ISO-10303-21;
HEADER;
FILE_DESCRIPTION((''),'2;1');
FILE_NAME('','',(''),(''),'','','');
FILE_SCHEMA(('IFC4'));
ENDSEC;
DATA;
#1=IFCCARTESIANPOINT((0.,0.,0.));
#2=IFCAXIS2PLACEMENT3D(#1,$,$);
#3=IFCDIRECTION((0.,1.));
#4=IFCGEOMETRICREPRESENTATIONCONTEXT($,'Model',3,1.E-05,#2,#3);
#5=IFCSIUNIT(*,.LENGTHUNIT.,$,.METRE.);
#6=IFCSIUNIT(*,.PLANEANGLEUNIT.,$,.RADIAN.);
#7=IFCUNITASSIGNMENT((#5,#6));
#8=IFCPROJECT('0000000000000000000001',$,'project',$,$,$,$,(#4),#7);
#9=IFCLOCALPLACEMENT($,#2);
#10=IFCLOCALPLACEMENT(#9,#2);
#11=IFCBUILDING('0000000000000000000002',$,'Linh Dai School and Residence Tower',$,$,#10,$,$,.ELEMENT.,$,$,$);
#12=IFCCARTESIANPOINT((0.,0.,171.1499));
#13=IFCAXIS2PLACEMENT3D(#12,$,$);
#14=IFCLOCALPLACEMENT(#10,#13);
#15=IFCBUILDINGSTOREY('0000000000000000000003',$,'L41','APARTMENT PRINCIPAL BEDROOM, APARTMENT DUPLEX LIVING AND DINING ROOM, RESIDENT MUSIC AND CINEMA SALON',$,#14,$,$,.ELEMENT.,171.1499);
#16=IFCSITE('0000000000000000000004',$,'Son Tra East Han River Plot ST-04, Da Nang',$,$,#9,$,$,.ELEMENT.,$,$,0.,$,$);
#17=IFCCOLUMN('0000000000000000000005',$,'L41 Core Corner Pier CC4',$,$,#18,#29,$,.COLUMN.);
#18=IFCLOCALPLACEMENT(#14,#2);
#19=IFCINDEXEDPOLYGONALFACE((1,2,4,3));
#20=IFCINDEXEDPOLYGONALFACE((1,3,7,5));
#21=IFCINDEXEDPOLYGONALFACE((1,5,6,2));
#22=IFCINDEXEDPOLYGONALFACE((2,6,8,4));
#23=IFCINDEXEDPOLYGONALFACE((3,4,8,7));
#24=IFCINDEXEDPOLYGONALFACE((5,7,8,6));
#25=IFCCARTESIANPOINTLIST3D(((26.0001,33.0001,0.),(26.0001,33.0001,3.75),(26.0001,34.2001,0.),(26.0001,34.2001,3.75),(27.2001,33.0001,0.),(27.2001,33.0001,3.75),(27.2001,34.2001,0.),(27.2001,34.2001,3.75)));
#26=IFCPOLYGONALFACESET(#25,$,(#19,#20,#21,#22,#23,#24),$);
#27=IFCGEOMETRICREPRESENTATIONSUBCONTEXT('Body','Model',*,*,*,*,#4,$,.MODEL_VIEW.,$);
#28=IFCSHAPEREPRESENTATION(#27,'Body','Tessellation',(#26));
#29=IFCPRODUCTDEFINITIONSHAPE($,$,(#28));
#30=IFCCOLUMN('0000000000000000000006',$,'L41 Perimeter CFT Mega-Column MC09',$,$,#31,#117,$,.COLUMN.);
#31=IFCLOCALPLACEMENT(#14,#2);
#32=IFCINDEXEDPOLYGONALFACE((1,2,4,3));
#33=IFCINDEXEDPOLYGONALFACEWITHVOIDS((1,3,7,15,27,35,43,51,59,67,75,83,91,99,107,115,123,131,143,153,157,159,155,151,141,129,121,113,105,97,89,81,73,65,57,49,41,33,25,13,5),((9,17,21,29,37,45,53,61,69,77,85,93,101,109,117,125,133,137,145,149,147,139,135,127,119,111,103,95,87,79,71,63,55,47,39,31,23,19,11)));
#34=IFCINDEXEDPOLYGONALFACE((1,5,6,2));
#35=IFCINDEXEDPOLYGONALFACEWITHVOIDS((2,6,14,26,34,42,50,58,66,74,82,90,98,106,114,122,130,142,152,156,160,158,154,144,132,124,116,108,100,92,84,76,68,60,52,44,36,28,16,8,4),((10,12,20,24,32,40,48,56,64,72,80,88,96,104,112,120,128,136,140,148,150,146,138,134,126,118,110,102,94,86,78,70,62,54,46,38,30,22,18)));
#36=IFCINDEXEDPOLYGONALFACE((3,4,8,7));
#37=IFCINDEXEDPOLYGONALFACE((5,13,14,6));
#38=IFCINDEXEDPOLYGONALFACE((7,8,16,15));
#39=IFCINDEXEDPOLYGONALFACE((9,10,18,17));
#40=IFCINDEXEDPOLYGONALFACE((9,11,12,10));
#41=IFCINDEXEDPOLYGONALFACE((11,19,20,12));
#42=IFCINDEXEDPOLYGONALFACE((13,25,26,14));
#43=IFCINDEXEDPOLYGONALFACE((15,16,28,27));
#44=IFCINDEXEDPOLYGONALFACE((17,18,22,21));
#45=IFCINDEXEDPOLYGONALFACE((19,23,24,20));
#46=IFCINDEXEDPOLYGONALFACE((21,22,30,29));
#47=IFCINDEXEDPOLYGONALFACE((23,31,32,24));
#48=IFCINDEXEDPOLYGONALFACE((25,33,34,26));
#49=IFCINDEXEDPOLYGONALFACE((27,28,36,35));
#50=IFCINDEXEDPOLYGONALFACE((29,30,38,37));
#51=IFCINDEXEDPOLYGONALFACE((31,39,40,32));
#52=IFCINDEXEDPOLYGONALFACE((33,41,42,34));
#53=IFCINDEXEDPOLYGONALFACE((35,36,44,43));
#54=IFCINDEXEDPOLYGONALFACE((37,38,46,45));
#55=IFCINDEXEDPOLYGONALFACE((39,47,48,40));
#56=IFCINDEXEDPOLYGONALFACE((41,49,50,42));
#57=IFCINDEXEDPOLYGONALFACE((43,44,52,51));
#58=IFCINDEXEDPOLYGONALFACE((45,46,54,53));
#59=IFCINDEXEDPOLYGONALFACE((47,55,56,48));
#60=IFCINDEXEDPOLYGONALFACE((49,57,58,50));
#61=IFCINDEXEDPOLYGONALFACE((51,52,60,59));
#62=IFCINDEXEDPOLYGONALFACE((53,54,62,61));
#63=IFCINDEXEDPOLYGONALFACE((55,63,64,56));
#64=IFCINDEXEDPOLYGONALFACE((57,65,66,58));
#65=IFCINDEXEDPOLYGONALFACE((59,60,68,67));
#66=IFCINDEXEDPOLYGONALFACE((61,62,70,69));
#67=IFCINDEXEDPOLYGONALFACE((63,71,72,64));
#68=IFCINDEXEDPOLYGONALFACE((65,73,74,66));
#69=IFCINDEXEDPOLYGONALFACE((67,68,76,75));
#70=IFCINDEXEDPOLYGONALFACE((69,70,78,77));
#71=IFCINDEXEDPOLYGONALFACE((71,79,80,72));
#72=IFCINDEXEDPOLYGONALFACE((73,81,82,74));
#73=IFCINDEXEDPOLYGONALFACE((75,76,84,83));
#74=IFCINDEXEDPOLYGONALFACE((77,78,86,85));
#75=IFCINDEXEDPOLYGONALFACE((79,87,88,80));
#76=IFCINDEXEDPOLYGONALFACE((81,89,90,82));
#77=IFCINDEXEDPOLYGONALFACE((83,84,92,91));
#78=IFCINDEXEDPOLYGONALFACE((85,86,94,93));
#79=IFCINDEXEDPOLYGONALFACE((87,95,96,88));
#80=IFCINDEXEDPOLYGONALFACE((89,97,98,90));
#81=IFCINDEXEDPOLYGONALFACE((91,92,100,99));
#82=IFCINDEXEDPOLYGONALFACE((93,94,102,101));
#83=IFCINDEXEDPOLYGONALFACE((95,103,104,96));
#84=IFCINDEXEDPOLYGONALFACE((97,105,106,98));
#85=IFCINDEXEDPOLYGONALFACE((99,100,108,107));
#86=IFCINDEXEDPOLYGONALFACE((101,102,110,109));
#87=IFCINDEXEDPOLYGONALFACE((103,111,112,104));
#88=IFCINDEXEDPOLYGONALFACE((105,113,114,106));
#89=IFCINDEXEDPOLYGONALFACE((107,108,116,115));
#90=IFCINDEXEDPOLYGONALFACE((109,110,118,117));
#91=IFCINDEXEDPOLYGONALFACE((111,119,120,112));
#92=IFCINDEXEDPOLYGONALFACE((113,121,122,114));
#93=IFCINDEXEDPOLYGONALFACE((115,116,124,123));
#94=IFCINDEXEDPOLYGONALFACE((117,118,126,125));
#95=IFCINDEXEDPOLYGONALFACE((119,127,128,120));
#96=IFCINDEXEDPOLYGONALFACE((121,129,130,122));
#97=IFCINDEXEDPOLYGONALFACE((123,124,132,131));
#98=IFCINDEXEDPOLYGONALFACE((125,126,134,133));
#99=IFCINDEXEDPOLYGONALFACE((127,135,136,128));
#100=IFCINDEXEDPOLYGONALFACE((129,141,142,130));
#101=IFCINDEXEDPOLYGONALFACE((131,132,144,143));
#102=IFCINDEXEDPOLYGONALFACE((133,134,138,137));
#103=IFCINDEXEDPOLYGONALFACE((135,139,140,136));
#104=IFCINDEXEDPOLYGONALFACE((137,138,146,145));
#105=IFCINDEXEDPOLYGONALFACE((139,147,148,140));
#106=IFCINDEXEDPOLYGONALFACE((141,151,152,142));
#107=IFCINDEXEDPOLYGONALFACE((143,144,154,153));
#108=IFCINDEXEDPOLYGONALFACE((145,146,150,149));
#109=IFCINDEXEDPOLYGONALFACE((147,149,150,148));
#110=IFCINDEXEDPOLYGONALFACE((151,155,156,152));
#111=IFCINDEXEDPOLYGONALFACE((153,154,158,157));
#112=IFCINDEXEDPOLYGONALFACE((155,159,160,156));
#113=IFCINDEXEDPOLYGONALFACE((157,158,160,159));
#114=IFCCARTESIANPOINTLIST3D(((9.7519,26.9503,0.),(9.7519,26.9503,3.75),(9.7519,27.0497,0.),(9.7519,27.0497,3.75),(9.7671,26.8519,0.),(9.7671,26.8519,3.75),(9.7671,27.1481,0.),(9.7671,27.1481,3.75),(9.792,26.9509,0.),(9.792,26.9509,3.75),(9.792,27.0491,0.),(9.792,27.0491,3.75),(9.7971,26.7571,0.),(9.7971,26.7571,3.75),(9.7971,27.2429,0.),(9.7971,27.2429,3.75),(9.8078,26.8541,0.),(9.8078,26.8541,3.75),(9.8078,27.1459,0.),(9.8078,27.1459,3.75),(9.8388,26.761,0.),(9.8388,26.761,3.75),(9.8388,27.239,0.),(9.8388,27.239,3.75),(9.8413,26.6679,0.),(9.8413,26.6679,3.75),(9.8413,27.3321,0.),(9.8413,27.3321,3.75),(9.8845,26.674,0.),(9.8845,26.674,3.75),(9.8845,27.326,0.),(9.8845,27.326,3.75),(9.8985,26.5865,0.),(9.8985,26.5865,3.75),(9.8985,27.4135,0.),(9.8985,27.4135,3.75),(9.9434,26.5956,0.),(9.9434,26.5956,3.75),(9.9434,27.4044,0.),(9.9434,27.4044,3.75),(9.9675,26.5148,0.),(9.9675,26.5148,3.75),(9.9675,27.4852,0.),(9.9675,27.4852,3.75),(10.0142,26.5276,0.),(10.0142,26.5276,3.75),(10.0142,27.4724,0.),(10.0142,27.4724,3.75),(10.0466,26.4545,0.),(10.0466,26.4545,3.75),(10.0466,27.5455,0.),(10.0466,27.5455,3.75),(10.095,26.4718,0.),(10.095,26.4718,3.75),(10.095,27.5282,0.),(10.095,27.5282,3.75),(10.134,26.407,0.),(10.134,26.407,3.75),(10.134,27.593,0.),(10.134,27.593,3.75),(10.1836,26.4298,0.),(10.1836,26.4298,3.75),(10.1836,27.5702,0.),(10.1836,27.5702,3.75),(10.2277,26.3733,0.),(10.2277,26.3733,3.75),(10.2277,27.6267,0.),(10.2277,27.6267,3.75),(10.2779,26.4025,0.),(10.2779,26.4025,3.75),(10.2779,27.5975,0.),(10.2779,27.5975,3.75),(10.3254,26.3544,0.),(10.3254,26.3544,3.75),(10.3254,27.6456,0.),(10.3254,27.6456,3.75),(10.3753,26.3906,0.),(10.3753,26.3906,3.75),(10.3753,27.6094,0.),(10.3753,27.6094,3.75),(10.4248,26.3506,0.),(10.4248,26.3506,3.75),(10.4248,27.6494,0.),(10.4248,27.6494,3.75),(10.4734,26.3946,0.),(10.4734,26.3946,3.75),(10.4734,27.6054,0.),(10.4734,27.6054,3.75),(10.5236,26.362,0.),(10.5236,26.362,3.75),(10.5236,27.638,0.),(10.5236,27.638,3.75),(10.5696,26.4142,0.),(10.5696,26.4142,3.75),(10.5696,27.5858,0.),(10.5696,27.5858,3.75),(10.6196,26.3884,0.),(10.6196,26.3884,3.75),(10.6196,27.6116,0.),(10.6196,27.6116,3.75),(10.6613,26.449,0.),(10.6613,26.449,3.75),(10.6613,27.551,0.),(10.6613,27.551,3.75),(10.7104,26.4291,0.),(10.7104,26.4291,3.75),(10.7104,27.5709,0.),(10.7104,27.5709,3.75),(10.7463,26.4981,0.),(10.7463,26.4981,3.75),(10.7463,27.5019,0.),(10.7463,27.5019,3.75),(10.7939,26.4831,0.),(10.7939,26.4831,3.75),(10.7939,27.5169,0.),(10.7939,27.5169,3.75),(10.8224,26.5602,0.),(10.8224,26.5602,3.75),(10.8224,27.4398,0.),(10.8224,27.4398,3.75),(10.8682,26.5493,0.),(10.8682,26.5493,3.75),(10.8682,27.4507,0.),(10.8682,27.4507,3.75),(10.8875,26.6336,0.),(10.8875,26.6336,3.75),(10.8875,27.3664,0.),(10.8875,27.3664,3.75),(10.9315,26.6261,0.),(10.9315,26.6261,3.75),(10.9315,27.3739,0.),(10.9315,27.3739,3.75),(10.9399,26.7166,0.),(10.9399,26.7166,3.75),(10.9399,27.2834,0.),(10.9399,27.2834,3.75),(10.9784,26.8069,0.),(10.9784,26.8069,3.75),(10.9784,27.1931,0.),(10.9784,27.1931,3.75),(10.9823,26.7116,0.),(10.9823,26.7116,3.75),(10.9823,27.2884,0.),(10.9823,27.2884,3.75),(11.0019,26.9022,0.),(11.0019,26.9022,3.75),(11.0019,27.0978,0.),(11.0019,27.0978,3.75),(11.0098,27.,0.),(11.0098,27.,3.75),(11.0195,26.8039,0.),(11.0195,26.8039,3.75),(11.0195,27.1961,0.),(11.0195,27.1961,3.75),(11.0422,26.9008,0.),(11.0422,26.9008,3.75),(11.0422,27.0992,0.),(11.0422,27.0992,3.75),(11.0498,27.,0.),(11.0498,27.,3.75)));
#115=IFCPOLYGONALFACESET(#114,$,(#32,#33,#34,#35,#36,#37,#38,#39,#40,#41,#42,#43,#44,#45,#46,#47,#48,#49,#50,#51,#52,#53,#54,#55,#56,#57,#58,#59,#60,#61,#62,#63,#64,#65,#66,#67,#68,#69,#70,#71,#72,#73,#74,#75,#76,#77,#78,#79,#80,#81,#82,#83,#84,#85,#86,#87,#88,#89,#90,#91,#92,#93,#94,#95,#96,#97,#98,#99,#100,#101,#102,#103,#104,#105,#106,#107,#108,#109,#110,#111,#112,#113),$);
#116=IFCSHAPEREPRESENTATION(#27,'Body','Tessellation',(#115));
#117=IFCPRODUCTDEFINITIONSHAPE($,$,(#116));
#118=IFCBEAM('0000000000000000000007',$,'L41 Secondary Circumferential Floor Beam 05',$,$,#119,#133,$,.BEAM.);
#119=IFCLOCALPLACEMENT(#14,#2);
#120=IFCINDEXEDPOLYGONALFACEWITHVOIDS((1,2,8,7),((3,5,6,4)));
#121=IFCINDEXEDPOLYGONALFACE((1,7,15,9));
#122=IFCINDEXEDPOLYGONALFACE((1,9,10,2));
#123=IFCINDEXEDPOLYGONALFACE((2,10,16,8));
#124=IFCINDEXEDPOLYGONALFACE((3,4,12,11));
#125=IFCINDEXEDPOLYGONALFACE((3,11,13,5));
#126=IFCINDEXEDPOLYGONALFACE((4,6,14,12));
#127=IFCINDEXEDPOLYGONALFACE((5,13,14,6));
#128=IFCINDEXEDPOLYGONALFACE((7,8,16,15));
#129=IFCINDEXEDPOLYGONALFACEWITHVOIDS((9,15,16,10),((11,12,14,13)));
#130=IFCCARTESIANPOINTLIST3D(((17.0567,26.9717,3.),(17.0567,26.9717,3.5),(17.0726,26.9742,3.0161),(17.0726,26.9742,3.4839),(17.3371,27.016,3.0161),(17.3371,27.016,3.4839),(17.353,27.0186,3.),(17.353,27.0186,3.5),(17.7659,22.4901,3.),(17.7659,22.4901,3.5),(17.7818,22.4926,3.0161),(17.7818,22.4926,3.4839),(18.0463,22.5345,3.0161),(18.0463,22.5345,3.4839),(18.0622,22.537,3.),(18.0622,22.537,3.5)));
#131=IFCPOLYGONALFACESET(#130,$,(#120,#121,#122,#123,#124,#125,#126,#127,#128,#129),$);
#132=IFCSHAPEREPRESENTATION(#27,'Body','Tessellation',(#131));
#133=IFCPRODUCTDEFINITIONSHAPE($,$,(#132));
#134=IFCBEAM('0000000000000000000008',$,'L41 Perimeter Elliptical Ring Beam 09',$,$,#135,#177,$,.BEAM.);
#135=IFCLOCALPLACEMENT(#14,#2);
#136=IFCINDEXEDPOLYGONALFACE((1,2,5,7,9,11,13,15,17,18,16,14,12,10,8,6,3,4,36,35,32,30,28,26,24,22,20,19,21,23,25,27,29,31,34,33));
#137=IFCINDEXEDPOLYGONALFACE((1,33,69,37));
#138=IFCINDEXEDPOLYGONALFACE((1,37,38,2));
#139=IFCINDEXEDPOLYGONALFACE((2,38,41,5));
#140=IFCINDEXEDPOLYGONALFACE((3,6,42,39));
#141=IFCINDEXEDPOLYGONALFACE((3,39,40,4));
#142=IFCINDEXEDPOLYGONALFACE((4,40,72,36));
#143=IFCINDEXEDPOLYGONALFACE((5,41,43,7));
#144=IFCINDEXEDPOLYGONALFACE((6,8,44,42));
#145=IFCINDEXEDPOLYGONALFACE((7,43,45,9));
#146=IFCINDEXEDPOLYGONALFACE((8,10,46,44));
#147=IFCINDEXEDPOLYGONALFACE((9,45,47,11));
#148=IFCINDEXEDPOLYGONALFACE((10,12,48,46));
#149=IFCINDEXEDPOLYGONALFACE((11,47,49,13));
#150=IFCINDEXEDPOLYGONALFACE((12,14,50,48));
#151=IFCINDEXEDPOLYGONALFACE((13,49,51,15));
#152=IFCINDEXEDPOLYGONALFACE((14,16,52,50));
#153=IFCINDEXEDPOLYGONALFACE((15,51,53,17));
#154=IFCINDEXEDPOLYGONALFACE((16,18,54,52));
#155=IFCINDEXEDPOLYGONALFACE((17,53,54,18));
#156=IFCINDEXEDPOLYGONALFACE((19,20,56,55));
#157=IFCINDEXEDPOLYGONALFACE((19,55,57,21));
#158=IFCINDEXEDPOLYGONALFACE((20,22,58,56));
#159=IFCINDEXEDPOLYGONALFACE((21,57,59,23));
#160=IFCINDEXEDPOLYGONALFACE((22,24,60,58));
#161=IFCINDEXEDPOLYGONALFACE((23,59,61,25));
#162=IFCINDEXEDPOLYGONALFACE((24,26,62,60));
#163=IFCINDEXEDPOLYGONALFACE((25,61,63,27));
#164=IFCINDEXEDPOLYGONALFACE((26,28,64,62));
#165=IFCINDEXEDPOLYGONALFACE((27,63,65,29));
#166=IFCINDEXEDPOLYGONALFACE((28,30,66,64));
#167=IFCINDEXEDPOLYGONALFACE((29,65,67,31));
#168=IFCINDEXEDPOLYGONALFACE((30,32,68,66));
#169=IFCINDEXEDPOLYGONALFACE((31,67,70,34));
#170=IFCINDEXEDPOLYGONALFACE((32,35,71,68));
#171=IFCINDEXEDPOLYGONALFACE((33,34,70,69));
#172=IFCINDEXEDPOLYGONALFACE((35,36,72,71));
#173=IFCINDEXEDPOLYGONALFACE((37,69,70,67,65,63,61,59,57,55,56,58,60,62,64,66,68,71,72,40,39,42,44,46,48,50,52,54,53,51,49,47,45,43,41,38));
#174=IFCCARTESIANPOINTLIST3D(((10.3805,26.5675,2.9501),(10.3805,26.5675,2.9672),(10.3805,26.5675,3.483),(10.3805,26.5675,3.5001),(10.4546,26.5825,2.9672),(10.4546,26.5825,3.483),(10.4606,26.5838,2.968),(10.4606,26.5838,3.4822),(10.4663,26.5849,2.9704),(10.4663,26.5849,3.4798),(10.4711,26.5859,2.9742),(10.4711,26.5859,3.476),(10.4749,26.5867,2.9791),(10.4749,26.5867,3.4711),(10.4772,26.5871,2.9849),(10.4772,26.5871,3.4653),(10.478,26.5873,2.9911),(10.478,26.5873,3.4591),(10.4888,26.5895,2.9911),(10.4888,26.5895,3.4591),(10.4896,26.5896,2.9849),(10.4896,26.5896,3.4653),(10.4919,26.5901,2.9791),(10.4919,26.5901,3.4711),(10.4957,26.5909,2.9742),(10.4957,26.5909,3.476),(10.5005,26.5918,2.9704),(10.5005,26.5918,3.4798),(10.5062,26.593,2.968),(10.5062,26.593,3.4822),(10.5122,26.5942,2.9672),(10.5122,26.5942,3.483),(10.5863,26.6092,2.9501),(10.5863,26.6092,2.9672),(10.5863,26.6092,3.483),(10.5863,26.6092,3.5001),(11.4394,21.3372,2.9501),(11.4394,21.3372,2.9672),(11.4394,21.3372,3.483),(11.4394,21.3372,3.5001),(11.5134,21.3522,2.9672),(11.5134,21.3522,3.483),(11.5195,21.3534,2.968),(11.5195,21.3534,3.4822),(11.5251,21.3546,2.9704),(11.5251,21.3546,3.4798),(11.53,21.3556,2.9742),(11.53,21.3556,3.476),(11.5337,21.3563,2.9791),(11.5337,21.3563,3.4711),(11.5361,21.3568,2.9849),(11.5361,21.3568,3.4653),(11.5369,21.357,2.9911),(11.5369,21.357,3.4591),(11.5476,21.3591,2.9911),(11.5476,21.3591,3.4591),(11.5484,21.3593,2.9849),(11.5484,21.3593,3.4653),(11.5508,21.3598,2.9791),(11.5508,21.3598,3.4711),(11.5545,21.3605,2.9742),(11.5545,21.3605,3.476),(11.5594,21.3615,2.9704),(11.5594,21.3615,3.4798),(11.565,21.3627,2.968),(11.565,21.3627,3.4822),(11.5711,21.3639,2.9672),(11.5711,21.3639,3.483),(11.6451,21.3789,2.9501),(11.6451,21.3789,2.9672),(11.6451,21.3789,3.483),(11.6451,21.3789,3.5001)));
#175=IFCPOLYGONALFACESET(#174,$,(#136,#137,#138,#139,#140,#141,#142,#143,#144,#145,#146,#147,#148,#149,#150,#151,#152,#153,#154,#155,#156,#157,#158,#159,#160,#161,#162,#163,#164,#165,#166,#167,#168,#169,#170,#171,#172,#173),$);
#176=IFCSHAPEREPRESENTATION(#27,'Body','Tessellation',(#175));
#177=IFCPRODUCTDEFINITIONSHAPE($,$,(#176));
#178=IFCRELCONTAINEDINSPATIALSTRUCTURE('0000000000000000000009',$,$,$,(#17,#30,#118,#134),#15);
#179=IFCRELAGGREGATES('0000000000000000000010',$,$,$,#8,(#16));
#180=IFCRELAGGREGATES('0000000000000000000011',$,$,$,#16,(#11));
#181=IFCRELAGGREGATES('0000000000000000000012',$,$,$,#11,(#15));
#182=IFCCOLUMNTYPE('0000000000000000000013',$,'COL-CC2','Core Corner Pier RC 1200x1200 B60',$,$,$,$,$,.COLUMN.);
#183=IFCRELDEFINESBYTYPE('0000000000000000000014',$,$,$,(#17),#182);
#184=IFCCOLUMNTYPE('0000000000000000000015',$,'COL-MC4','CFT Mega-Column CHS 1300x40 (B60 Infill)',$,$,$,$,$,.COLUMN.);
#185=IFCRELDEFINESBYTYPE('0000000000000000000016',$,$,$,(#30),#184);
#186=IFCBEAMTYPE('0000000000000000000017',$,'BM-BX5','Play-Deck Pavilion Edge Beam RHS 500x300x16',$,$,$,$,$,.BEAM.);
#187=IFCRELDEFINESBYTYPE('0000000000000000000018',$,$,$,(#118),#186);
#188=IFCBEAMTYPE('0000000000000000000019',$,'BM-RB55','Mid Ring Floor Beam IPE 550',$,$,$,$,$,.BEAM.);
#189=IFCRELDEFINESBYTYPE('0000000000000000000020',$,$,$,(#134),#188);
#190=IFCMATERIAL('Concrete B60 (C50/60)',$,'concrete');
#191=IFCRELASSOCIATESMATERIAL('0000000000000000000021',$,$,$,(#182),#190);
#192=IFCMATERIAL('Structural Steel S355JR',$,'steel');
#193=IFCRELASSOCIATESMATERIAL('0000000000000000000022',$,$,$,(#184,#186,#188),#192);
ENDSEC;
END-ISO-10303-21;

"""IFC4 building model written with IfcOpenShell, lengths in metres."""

from ifc_helpers import new_model, si_unit, direction, frame, origin, origin_2d, place, context, subcontext, project, spatial, rectangle, hollow_rectangle, hollow_circle, i_section, extrude, material, material_profile, profile_set, type_object, element, save


model = new_model("IFC4")

# Units and contexts
model_context = context("Model", 3, precision=1e-05, world=origin(), true_north=direction((0.0, 1.0)))
body_context = subcontext(model_context, "Body", "Model", "MODEL_VIEW")
ifc_project = project(units=[si_unit("LENGTHUNIT", "METRE"), si_unit("PLANEANGLEUNIT", "RADIAN")], contexts=[model_context])

# Site, building, storey
site_placement = place(None, origin())
site = spatial("IfcSite", under=ifc_project, at=site_placement, Name="Son Tra East Han River Plot ST-04, Da Nang", CompositionType="ELEMENT", RefElevation=0.0)
building_placement = place(site_placement, origin())
building = spatial("IfcBuilding", under=site, at=building_placement, Name="Linh Dai School and Residence Tower", CompositionType="ELEMENT")
storey_placement = place(building_placement, frame((0.0, 0.0, 171.1499)))
storey = spatial("IfcBuildingStorey", under=building, at=storey_placement, Name="L41", Description="APARTMENT PRINCIPAL BEDROOM, APARTMENT DUPLEX LIVING AND DINING ROOM, RESIDENT MUSIC AND CINEMA SALON", CompositionType="ELEMENT", Elevation=171.1499)

# Columns
ifc_material_1 = material(Name="Concrete B60 (C50/60)", Category="concrete")
ifc_material_profile_1 = material_profile(ifc_material_1, rectangle(XDim=1.2, YDim=1.2, at=origin_2d()), Name="RC 1200x1200")
ifc_profile_set_1 = profile_set([ifc_material_profile_1], Name="Concrete B60 (C50/60)")
column_type_1 = type_object("IfcColumnType", Name="COL-CC2", Description="Core Corner Pier RC 1200x1200 B60", PredefinedType="COLUMN", material=ifc_profile_set_1)
column_1_placement = place(storey_placement, frame((26.6001, 33.6001, 0.0), z_axis=(0.0, 0.0, 1.0), x_axis=(1.0, 0.0, 0.0)))
element("IfcColumn", 1, at=column_1_placement, inside=storey, type_object=column_type_1, Name="L41 Core Corner Pier CC4", PredefinedType="COLUMN", context=body_context, shape_type="SweptSolid", body=[
    extrude(rectangle(XDim=1.2, YDim=1.2, at=origin_2d()), origin(), (0.0, 0.0, 1.0), 3.75),
])
ifc_material_2 = material(Name="Structural Steel S355JR", Category="steel")
ifc_material_profile_2 = material_profile(ifc_material_2, hollow_circle(Radius=0.6499, WallThickness=0.04, at=origin_2d()), Name="CHS 1300x40")
ifc_profile_set_2 = profile_set([ifc_material_profile_2], Name="Structural Steel S355JR")
column_type_2 = type_object("IfcColumnType", Name="COL-MC4", Description="CFT Mega-Column CHS 1300x40 (B60 Infill)", PredefinedType="COLUMN", material=ifc_profile_set_2)
column_2_placement = place(storey_placement, frame((10.3999, 27.0, 0.0), z_axis=(0.0, 0.0, 1.0), x_axis=(1.0, 0.0, 0.0)))
element("IfcColumn", 2, at=column_2_placement, inside=storey, type_object=column_type_2, Name="L41 Perimeter CFT Mega-Column MC09", PredefinedType="COLUMN", context=body_context, shape_type="SweptSolid", body=[
    extrude(hollow_circle(Radius=0.6499, WallThickness=0.04, at=origin_2d()), origin(), (0.0, 0.0, 1.0), 3.75),
])

# Beams
ifc_material_profile_3 = material_profile(ifc_material_2, hollow_rectangle(XDim=0.3, YDim=0.5, WallThickness=0.0161, at=origin_2d()), Name="RHS 500x300x16")
ifc_profile_set_3 = profile_set([ifc_material_profile_3], Name="Structural Steel S355JR")
beam_type_1 = type_object("IfcBeamType", Name="BM-BX5", Description="Play-Deck Pavilion Edge Beam RHS 500x300x16", PredefinedType="BEAM", material=ifc_profile_set_3)
beam_1_placement = place(storey_placement, frame((17.2048, 26.9951, 3.25), z_axis=(0.156305, -0.987709, 0.0), x_axis=(0.987709, 0.156305, 0.0)))
element("IfcBeam", 3, at=beam_1_placement, inside=storey, type_object=beam_type_1, Name="L41 Secondary Circumferential Floor Beam 05", PredefinedType="BEAM", context=body_context, shape_type="SweptSolid", body=[
    extrude(hollow_rectangle(XDim=0.3, YDim=0.5, WallThickness=0.0161, at=origin_2d()), origin(), (0.0, 0.0, 1.0), 4.5374),
])
ifc_material_profile_4 = material_profile(ifc_material_2, i_section(OverallWidth=0.21, OverallDepth=0.55, WebThickness=0.011, FlangeThickness=0.0171, FilletRadius=0.0239, at=origin_2d()), Name="IPE 550")
ifc_profile_set_4 = profile_set([ifc_material_profile_4], Name="Structural Steel S355JR")
beam_type_2 = type_object("IfcBeamType", Name="BM-RB55", Description="Mid Ring Floor Beam IPE 550", PredefinedType="BEAM", material=ifc_profile_set_4)
beam_2_placement = place(storey_placement, frame((10.4834, 26.5884, 3.2251), z_axis=(0.198421, -0.980117, 0.0), x_axis=(0.980117, 0.198421, 0.0)))
element("IfcBeam", 4, at=beam_2_placement, inside=storey, type_object=beam_type_2, Name="L41 Perimeter Elliptical Ring Beam 09", PredefinedType="BEAM", context=body_context, shape_type="SweptSolid", body=[
    extrude(i_section(OverallWidth=0.21, OverallDepth=0.55, WebThickness=0.011, FlangeThickness=0.0171, FilletRadius=0.0239, at=origin_2d()), origin(), (0.0, 0.0, 1.0), 5.3364),
])

save(model, "model.ifc")
